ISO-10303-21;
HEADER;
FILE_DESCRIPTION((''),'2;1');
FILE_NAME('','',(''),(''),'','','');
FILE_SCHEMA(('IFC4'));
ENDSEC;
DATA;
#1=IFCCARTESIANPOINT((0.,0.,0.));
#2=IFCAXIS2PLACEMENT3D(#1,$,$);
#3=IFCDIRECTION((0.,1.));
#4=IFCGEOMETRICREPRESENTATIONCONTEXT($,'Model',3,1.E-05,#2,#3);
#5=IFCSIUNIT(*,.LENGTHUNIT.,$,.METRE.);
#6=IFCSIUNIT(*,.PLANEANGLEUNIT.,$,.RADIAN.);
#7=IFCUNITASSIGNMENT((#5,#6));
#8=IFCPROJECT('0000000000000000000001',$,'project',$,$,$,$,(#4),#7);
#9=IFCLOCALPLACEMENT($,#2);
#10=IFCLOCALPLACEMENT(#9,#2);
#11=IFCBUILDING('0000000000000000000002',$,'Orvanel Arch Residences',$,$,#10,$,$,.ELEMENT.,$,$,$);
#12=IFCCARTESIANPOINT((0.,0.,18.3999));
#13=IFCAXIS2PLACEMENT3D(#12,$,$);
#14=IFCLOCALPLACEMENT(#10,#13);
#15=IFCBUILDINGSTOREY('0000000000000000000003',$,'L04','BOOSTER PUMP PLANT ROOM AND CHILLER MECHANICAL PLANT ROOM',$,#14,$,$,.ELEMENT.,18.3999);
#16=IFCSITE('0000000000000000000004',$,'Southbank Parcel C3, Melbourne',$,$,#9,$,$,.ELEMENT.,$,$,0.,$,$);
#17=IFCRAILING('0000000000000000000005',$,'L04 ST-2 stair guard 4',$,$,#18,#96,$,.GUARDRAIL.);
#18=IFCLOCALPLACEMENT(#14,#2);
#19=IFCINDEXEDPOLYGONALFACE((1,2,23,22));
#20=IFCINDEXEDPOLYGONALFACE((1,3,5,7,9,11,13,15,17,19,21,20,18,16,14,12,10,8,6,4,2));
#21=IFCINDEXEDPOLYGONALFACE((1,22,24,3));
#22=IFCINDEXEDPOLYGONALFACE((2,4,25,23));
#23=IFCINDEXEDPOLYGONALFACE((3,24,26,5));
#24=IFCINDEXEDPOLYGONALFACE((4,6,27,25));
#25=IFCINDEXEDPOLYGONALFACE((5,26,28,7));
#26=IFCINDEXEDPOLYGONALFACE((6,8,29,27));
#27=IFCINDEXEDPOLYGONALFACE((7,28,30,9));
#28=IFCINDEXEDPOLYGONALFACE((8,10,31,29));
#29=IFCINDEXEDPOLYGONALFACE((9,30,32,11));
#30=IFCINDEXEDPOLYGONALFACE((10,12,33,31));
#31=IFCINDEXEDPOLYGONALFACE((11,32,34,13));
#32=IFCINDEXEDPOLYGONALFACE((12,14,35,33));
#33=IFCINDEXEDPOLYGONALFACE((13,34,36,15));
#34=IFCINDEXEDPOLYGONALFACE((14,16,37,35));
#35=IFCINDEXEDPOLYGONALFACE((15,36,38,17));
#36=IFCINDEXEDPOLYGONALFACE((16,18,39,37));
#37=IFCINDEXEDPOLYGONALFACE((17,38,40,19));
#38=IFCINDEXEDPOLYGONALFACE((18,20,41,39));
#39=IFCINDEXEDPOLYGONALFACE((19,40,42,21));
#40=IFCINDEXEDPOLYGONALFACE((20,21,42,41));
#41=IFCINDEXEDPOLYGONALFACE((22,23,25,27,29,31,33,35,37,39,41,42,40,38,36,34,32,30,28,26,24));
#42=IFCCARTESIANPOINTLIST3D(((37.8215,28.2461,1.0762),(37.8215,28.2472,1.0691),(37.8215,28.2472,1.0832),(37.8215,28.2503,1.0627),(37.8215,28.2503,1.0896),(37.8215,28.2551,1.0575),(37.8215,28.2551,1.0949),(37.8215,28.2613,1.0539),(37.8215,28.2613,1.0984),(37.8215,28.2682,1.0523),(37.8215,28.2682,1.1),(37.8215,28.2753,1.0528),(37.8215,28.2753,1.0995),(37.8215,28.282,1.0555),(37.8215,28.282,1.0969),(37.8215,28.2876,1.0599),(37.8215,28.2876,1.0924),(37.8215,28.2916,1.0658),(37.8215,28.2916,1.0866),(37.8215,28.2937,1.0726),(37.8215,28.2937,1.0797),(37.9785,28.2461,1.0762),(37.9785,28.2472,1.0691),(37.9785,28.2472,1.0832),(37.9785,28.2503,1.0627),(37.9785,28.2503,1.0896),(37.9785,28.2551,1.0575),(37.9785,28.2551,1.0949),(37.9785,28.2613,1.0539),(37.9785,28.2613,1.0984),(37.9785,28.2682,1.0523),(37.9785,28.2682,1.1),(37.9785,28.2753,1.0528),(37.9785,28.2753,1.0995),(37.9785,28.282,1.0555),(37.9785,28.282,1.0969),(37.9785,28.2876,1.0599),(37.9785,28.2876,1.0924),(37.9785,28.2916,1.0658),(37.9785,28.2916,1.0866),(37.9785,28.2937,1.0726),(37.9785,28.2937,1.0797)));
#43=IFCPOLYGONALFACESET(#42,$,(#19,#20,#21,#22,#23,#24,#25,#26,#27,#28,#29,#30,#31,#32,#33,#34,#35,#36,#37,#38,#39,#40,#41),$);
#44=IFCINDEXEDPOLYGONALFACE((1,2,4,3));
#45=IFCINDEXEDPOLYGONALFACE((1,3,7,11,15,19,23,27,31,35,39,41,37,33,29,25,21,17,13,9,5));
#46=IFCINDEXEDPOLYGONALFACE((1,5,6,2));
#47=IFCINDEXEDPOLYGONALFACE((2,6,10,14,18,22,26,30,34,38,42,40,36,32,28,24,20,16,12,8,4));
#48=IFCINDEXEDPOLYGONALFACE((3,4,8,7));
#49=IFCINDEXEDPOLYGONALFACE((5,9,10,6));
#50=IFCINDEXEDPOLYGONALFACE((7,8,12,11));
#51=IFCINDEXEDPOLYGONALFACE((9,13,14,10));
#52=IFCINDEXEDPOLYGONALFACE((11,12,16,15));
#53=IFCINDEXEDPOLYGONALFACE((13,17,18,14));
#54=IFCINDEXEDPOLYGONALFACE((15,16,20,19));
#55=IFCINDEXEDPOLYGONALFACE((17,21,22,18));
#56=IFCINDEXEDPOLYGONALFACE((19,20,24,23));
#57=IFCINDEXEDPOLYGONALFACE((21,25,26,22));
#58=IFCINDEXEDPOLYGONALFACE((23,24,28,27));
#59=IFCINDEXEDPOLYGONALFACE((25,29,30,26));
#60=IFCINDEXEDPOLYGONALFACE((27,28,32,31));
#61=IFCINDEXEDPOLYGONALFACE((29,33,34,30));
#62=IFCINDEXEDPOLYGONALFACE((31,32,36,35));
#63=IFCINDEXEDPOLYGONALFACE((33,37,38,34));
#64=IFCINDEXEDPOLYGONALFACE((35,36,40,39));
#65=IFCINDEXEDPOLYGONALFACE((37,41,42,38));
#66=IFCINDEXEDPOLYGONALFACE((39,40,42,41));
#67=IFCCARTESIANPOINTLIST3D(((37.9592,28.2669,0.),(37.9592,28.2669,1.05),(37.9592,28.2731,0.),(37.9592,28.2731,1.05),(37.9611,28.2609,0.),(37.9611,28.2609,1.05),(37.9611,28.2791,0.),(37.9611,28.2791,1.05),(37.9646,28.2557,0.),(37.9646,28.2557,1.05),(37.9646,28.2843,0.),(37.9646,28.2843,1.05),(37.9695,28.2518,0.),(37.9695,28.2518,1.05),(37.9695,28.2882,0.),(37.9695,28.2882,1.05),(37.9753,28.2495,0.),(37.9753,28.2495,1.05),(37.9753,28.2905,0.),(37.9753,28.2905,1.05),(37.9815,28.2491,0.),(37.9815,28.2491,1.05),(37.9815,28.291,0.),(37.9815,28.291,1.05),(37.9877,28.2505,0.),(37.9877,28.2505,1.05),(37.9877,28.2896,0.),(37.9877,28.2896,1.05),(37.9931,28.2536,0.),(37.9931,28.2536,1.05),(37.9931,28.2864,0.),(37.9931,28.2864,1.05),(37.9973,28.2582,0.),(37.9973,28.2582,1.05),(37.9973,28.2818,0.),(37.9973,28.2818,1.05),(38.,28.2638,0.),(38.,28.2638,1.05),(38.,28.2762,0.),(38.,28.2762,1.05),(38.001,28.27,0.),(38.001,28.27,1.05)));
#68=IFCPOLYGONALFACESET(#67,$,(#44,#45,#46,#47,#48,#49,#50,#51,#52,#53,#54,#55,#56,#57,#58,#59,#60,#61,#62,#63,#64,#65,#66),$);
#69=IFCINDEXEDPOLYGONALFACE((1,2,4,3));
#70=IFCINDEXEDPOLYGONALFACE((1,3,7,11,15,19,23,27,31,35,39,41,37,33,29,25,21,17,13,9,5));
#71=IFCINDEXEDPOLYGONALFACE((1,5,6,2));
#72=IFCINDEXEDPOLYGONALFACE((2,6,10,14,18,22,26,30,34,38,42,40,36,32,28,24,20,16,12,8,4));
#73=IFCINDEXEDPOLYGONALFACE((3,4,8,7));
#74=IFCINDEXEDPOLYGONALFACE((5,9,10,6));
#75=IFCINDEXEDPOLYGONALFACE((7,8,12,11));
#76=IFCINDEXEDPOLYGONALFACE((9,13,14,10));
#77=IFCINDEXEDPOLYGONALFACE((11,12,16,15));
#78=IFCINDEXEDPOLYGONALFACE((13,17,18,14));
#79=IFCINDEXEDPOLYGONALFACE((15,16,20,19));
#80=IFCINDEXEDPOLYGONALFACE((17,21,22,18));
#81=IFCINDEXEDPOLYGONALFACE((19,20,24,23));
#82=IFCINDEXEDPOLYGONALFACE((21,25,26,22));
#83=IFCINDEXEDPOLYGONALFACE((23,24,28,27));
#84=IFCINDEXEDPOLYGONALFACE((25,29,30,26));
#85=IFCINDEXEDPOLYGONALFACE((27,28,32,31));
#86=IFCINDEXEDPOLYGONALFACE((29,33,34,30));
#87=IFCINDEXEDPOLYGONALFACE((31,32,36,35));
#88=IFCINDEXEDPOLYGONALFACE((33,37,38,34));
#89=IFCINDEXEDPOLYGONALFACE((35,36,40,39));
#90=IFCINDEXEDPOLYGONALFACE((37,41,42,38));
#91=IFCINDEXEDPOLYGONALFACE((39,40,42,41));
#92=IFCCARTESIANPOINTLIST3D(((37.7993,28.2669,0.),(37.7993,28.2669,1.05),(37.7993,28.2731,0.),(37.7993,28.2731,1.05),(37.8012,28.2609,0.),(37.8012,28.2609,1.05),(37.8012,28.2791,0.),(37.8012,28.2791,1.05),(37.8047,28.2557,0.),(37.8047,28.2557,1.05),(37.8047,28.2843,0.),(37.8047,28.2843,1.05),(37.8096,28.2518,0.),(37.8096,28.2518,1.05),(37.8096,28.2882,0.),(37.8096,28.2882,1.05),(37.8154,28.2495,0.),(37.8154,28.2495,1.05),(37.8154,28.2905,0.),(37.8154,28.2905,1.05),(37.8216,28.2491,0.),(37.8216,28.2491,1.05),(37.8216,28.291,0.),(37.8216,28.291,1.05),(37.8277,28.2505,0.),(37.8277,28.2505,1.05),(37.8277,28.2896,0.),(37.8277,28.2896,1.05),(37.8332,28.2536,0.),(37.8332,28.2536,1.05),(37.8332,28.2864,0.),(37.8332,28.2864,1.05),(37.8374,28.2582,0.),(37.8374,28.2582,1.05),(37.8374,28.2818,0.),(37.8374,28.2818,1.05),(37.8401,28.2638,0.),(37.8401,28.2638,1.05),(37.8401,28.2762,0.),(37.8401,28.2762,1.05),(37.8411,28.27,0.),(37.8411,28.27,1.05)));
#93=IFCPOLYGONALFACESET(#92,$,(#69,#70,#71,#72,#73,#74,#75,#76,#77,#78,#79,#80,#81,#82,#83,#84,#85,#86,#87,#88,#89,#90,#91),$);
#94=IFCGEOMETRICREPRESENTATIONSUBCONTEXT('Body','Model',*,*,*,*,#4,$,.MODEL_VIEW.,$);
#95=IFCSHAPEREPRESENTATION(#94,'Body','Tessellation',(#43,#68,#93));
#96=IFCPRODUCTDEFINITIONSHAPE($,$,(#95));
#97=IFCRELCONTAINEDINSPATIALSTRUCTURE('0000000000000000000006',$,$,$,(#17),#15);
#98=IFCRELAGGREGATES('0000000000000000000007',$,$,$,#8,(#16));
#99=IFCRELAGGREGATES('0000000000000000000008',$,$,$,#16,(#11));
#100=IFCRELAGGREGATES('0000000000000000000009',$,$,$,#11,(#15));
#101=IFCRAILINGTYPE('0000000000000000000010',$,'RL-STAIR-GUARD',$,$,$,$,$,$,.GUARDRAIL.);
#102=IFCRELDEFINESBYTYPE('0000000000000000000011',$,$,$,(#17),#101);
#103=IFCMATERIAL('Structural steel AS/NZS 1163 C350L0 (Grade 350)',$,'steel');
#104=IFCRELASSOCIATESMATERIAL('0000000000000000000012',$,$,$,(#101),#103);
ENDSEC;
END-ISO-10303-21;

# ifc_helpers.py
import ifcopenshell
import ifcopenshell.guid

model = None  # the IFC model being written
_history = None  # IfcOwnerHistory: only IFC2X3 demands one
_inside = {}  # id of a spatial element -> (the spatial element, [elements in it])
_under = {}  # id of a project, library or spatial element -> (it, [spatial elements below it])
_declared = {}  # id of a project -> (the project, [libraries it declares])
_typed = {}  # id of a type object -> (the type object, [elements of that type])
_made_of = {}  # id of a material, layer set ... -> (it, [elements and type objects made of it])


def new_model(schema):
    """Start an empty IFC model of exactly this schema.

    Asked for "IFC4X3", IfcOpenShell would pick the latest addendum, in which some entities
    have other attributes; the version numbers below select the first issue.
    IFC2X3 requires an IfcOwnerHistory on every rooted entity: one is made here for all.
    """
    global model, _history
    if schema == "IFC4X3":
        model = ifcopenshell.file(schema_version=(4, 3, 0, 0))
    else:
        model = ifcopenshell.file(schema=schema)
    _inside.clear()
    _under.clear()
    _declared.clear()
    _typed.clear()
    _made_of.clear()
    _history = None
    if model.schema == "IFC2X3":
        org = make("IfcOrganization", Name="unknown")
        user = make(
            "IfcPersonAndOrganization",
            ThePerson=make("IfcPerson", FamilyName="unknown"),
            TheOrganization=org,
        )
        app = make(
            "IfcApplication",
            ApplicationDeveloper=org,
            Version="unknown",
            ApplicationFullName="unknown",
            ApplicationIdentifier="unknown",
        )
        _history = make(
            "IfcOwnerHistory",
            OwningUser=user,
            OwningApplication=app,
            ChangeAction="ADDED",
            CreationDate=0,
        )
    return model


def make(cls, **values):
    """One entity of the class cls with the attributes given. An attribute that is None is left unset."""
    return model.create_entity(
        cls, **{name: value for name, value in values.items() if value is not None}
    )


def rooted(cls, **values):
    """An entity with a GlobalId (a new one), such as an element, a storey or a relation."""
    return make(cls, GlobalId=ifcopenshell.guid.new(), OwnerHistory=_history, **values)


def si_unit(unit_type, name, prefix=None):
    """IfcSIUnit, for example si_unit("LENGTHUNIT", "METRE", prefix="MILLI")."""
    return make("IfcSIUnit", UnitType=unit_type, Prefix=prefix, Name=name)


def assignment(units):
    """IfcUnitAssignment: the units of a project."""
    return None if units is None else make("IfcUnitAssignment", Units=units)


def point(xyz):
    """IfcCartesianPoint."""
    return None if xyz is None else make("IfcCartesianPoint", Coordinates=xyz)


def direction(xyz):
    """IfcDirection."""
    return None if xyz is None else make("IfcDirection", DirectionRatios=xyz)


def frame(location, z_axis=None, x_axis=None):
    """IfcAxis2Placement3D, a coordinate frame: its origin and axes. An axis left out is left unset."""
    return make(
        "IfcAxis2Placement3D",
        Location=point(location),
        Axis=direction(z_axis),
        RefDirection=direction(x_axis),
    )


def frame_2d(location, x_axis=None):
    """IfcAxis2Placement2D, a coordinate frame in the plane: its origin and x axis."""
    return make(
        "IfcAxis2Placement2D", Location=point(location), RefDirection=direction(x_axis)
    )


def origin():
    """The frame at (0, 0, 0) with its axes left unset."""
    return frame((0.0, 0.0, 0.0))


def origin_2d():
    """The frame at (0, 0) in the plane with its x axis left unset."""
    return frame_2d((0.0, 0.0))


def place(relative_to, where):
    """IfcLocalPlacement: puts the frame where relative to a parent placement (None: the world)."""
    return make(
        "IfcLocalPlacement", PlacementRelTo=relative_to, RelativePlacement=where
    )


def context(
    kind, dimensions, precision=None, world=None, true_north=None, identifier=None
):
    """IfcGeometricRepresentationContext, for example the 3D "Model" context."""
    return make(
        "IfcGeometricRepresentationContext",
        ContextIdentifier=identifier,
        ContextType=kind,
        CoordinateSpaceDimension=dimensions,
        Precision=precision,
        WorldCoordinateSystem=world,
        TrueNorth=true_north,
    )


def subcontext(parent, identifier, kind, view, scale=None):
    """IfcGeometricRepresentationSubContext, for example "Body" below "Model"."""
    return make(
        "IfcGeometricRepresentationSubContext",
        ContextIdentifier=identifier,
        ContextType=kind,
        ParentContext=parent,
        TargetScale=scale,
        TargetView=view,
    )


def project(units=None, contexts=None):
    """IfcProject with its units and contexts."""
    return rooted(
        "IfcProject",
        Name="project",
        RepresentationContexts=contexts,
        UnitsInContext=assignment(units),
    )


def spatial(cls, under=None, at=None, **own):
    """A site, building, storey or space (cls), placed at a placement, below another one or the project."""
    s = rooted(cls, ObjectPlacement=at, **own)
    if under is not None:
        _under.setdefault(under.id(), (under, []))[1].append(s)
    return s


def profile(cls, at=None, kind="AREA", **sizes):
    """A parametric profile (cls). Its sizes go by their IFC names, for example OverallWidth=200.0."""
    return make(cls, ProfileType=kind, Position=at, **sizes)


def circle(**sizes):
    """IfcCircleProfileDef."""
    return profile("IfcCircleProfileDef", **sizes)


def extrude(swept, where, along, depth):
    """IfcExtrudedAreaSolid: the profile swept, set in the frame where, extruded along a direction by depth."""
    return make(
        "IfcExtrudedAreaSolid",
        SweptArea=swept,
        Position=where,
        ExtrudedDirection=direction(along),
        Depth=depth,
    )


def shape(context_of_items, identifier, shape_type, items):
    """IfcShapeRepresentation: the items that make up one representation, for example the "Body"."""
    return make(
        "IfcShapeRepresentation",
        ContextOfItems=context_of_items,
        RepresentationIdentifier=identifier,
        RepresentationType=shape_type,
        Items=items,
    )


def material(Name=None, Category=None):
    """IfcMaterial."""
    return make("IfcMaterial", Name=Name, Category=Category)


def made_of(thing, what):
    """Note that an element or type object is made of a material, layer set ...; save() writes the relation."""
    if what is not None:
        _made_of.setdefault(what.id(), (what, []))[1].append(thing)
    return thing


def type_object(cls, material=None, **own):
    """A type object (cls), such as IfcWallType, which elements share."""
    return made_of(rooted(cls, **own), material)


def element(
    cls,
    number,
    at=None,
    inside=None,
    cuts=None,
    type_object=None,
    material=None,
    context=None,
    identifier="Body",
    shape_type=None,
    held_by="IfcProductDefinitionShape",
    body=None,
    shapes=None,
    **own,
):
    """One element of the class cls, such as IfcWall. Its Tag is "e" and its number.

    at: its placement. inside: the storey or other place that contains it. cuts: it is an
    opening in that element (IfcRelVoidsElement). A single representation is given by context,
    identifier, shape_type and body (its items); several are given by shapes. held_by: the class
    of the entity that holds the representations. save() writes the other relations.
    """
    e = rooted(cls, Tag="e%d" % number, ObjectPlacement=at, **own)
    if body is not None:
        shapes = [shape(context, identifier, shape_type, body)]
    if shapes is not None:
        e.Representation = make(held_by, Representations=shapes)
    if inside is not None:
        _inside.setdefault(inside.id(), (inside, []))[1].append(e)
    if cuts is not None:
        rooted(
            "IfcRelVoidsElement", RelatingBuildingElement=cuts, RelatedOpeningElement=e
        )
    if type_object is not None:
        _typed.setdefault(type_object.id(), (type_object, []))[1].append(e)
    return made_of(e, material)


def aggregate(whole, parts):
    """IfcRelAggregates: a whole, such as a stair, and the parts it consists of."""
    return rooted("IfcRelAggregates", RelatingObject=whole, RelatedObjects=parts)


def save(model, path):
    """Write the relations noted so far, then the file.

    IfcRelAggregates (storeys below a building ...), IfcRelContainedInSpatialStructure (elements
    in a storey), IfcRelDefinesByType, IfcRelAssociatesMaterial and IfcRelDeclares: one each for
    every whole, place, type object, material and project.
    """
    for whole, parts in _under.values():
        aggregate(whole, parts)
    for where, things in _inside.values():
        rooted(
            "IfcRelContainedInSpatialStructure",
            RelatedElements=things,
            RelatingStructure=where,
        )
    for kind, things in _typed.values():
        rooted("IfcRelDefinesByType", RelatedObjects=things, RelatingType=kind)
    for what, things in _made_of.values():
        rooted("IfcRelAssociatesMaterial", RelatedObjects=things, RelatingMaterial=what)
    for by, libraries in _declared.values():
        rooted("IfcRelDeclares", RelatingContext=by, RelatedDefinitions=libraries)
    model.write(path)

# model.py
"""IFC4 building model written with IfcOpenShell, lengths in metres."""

from ifc_helpers import new_model, si_unit, direction, frame, origin, origin_2d, place, context, subcontext, project, spatial, circle, extrude, material, type_object, element, save


model = new_model("IFC4")

# Units and contexts
model_context = context("Model", 3, precision=1e-05, world=origin(), true_north=direction((0.0, 1.0)))
body_context = subcontext(model_context, "Body", "Model", "MODEL_VIEW")
ifc_project = project(units=[si_unit("LENGTHUNIT", "METRE"), si_unit("PLANEANGLEUNIT", "RADIAN")], contexts=[model_context])

# Site, building, storey
site_placement = place(None, origin())
site = spatial("IfcSite", under=ifc_project, at=site_placement, Name="Southbank Parcel C3, Melbourne", CompositionType="ELEMENT", RefElevation=0.0)
building_placement = place(site_placement, origin())
building = spatial("IfcBuilding", under=site, at=building_placement, Name="Orvanel Arch Residences", CompositionType="ELEMENT")
storey_placement = place(building_placement, frame((0.0, 0.0, 18.3999)))
storey = spatial("IfcBuildingStorey", under=building, at=storey_placement, Name="L04", Description="BOOSTER PUMP PLANT ROOM AND CHILLER MECHANICAL PLANT ROOM", CompositionType="ELEMENT", Elevation=18.3999)

# Railing
ifc_material_1 = material(Name="Structural steel AS/NZS 1163 C350L0 (Grade 350)", Category="steel")
railing_type_1 = type_object("IfcRailingType", Name="RL-STAIR-GUARD", PredefinedType="GUARDRAIL", material=ifc_material_1)
railing_1_placement = place(storey_placement, frame((37.98, 28.27, 0.0)))
element("IfcRailing", 1, at=railing_1_placement, inside=storey, type_object=railing_type_1, Name="L04 ST-2 stair guard 4", PredefinedType="GUARDRAIL", context=body_context, shape_type="SweptSolid", body=[
    extrude(circle(Radius=0.0239, at=origin_2d()), frame((-0.0015, 0.0, 1.0762), z_axis=(-1.0, 0.0, 0.0), x_axis=(0.0, -1.0, 0.0)), (0.0, 0.0, 1.0), 0.157),
    extrude(circle(Radius=0.021, at=origin_2d()), origin(), (0.0, 0.0, 1.0), 1.05),
    extrude(circle(Radius=0.021, at=origin_2d()), frame((-0.1599, 0.0, 0.0)), (0.0, 0.0, 1.0), 1.05),
])

save(model, "model.ifc")
